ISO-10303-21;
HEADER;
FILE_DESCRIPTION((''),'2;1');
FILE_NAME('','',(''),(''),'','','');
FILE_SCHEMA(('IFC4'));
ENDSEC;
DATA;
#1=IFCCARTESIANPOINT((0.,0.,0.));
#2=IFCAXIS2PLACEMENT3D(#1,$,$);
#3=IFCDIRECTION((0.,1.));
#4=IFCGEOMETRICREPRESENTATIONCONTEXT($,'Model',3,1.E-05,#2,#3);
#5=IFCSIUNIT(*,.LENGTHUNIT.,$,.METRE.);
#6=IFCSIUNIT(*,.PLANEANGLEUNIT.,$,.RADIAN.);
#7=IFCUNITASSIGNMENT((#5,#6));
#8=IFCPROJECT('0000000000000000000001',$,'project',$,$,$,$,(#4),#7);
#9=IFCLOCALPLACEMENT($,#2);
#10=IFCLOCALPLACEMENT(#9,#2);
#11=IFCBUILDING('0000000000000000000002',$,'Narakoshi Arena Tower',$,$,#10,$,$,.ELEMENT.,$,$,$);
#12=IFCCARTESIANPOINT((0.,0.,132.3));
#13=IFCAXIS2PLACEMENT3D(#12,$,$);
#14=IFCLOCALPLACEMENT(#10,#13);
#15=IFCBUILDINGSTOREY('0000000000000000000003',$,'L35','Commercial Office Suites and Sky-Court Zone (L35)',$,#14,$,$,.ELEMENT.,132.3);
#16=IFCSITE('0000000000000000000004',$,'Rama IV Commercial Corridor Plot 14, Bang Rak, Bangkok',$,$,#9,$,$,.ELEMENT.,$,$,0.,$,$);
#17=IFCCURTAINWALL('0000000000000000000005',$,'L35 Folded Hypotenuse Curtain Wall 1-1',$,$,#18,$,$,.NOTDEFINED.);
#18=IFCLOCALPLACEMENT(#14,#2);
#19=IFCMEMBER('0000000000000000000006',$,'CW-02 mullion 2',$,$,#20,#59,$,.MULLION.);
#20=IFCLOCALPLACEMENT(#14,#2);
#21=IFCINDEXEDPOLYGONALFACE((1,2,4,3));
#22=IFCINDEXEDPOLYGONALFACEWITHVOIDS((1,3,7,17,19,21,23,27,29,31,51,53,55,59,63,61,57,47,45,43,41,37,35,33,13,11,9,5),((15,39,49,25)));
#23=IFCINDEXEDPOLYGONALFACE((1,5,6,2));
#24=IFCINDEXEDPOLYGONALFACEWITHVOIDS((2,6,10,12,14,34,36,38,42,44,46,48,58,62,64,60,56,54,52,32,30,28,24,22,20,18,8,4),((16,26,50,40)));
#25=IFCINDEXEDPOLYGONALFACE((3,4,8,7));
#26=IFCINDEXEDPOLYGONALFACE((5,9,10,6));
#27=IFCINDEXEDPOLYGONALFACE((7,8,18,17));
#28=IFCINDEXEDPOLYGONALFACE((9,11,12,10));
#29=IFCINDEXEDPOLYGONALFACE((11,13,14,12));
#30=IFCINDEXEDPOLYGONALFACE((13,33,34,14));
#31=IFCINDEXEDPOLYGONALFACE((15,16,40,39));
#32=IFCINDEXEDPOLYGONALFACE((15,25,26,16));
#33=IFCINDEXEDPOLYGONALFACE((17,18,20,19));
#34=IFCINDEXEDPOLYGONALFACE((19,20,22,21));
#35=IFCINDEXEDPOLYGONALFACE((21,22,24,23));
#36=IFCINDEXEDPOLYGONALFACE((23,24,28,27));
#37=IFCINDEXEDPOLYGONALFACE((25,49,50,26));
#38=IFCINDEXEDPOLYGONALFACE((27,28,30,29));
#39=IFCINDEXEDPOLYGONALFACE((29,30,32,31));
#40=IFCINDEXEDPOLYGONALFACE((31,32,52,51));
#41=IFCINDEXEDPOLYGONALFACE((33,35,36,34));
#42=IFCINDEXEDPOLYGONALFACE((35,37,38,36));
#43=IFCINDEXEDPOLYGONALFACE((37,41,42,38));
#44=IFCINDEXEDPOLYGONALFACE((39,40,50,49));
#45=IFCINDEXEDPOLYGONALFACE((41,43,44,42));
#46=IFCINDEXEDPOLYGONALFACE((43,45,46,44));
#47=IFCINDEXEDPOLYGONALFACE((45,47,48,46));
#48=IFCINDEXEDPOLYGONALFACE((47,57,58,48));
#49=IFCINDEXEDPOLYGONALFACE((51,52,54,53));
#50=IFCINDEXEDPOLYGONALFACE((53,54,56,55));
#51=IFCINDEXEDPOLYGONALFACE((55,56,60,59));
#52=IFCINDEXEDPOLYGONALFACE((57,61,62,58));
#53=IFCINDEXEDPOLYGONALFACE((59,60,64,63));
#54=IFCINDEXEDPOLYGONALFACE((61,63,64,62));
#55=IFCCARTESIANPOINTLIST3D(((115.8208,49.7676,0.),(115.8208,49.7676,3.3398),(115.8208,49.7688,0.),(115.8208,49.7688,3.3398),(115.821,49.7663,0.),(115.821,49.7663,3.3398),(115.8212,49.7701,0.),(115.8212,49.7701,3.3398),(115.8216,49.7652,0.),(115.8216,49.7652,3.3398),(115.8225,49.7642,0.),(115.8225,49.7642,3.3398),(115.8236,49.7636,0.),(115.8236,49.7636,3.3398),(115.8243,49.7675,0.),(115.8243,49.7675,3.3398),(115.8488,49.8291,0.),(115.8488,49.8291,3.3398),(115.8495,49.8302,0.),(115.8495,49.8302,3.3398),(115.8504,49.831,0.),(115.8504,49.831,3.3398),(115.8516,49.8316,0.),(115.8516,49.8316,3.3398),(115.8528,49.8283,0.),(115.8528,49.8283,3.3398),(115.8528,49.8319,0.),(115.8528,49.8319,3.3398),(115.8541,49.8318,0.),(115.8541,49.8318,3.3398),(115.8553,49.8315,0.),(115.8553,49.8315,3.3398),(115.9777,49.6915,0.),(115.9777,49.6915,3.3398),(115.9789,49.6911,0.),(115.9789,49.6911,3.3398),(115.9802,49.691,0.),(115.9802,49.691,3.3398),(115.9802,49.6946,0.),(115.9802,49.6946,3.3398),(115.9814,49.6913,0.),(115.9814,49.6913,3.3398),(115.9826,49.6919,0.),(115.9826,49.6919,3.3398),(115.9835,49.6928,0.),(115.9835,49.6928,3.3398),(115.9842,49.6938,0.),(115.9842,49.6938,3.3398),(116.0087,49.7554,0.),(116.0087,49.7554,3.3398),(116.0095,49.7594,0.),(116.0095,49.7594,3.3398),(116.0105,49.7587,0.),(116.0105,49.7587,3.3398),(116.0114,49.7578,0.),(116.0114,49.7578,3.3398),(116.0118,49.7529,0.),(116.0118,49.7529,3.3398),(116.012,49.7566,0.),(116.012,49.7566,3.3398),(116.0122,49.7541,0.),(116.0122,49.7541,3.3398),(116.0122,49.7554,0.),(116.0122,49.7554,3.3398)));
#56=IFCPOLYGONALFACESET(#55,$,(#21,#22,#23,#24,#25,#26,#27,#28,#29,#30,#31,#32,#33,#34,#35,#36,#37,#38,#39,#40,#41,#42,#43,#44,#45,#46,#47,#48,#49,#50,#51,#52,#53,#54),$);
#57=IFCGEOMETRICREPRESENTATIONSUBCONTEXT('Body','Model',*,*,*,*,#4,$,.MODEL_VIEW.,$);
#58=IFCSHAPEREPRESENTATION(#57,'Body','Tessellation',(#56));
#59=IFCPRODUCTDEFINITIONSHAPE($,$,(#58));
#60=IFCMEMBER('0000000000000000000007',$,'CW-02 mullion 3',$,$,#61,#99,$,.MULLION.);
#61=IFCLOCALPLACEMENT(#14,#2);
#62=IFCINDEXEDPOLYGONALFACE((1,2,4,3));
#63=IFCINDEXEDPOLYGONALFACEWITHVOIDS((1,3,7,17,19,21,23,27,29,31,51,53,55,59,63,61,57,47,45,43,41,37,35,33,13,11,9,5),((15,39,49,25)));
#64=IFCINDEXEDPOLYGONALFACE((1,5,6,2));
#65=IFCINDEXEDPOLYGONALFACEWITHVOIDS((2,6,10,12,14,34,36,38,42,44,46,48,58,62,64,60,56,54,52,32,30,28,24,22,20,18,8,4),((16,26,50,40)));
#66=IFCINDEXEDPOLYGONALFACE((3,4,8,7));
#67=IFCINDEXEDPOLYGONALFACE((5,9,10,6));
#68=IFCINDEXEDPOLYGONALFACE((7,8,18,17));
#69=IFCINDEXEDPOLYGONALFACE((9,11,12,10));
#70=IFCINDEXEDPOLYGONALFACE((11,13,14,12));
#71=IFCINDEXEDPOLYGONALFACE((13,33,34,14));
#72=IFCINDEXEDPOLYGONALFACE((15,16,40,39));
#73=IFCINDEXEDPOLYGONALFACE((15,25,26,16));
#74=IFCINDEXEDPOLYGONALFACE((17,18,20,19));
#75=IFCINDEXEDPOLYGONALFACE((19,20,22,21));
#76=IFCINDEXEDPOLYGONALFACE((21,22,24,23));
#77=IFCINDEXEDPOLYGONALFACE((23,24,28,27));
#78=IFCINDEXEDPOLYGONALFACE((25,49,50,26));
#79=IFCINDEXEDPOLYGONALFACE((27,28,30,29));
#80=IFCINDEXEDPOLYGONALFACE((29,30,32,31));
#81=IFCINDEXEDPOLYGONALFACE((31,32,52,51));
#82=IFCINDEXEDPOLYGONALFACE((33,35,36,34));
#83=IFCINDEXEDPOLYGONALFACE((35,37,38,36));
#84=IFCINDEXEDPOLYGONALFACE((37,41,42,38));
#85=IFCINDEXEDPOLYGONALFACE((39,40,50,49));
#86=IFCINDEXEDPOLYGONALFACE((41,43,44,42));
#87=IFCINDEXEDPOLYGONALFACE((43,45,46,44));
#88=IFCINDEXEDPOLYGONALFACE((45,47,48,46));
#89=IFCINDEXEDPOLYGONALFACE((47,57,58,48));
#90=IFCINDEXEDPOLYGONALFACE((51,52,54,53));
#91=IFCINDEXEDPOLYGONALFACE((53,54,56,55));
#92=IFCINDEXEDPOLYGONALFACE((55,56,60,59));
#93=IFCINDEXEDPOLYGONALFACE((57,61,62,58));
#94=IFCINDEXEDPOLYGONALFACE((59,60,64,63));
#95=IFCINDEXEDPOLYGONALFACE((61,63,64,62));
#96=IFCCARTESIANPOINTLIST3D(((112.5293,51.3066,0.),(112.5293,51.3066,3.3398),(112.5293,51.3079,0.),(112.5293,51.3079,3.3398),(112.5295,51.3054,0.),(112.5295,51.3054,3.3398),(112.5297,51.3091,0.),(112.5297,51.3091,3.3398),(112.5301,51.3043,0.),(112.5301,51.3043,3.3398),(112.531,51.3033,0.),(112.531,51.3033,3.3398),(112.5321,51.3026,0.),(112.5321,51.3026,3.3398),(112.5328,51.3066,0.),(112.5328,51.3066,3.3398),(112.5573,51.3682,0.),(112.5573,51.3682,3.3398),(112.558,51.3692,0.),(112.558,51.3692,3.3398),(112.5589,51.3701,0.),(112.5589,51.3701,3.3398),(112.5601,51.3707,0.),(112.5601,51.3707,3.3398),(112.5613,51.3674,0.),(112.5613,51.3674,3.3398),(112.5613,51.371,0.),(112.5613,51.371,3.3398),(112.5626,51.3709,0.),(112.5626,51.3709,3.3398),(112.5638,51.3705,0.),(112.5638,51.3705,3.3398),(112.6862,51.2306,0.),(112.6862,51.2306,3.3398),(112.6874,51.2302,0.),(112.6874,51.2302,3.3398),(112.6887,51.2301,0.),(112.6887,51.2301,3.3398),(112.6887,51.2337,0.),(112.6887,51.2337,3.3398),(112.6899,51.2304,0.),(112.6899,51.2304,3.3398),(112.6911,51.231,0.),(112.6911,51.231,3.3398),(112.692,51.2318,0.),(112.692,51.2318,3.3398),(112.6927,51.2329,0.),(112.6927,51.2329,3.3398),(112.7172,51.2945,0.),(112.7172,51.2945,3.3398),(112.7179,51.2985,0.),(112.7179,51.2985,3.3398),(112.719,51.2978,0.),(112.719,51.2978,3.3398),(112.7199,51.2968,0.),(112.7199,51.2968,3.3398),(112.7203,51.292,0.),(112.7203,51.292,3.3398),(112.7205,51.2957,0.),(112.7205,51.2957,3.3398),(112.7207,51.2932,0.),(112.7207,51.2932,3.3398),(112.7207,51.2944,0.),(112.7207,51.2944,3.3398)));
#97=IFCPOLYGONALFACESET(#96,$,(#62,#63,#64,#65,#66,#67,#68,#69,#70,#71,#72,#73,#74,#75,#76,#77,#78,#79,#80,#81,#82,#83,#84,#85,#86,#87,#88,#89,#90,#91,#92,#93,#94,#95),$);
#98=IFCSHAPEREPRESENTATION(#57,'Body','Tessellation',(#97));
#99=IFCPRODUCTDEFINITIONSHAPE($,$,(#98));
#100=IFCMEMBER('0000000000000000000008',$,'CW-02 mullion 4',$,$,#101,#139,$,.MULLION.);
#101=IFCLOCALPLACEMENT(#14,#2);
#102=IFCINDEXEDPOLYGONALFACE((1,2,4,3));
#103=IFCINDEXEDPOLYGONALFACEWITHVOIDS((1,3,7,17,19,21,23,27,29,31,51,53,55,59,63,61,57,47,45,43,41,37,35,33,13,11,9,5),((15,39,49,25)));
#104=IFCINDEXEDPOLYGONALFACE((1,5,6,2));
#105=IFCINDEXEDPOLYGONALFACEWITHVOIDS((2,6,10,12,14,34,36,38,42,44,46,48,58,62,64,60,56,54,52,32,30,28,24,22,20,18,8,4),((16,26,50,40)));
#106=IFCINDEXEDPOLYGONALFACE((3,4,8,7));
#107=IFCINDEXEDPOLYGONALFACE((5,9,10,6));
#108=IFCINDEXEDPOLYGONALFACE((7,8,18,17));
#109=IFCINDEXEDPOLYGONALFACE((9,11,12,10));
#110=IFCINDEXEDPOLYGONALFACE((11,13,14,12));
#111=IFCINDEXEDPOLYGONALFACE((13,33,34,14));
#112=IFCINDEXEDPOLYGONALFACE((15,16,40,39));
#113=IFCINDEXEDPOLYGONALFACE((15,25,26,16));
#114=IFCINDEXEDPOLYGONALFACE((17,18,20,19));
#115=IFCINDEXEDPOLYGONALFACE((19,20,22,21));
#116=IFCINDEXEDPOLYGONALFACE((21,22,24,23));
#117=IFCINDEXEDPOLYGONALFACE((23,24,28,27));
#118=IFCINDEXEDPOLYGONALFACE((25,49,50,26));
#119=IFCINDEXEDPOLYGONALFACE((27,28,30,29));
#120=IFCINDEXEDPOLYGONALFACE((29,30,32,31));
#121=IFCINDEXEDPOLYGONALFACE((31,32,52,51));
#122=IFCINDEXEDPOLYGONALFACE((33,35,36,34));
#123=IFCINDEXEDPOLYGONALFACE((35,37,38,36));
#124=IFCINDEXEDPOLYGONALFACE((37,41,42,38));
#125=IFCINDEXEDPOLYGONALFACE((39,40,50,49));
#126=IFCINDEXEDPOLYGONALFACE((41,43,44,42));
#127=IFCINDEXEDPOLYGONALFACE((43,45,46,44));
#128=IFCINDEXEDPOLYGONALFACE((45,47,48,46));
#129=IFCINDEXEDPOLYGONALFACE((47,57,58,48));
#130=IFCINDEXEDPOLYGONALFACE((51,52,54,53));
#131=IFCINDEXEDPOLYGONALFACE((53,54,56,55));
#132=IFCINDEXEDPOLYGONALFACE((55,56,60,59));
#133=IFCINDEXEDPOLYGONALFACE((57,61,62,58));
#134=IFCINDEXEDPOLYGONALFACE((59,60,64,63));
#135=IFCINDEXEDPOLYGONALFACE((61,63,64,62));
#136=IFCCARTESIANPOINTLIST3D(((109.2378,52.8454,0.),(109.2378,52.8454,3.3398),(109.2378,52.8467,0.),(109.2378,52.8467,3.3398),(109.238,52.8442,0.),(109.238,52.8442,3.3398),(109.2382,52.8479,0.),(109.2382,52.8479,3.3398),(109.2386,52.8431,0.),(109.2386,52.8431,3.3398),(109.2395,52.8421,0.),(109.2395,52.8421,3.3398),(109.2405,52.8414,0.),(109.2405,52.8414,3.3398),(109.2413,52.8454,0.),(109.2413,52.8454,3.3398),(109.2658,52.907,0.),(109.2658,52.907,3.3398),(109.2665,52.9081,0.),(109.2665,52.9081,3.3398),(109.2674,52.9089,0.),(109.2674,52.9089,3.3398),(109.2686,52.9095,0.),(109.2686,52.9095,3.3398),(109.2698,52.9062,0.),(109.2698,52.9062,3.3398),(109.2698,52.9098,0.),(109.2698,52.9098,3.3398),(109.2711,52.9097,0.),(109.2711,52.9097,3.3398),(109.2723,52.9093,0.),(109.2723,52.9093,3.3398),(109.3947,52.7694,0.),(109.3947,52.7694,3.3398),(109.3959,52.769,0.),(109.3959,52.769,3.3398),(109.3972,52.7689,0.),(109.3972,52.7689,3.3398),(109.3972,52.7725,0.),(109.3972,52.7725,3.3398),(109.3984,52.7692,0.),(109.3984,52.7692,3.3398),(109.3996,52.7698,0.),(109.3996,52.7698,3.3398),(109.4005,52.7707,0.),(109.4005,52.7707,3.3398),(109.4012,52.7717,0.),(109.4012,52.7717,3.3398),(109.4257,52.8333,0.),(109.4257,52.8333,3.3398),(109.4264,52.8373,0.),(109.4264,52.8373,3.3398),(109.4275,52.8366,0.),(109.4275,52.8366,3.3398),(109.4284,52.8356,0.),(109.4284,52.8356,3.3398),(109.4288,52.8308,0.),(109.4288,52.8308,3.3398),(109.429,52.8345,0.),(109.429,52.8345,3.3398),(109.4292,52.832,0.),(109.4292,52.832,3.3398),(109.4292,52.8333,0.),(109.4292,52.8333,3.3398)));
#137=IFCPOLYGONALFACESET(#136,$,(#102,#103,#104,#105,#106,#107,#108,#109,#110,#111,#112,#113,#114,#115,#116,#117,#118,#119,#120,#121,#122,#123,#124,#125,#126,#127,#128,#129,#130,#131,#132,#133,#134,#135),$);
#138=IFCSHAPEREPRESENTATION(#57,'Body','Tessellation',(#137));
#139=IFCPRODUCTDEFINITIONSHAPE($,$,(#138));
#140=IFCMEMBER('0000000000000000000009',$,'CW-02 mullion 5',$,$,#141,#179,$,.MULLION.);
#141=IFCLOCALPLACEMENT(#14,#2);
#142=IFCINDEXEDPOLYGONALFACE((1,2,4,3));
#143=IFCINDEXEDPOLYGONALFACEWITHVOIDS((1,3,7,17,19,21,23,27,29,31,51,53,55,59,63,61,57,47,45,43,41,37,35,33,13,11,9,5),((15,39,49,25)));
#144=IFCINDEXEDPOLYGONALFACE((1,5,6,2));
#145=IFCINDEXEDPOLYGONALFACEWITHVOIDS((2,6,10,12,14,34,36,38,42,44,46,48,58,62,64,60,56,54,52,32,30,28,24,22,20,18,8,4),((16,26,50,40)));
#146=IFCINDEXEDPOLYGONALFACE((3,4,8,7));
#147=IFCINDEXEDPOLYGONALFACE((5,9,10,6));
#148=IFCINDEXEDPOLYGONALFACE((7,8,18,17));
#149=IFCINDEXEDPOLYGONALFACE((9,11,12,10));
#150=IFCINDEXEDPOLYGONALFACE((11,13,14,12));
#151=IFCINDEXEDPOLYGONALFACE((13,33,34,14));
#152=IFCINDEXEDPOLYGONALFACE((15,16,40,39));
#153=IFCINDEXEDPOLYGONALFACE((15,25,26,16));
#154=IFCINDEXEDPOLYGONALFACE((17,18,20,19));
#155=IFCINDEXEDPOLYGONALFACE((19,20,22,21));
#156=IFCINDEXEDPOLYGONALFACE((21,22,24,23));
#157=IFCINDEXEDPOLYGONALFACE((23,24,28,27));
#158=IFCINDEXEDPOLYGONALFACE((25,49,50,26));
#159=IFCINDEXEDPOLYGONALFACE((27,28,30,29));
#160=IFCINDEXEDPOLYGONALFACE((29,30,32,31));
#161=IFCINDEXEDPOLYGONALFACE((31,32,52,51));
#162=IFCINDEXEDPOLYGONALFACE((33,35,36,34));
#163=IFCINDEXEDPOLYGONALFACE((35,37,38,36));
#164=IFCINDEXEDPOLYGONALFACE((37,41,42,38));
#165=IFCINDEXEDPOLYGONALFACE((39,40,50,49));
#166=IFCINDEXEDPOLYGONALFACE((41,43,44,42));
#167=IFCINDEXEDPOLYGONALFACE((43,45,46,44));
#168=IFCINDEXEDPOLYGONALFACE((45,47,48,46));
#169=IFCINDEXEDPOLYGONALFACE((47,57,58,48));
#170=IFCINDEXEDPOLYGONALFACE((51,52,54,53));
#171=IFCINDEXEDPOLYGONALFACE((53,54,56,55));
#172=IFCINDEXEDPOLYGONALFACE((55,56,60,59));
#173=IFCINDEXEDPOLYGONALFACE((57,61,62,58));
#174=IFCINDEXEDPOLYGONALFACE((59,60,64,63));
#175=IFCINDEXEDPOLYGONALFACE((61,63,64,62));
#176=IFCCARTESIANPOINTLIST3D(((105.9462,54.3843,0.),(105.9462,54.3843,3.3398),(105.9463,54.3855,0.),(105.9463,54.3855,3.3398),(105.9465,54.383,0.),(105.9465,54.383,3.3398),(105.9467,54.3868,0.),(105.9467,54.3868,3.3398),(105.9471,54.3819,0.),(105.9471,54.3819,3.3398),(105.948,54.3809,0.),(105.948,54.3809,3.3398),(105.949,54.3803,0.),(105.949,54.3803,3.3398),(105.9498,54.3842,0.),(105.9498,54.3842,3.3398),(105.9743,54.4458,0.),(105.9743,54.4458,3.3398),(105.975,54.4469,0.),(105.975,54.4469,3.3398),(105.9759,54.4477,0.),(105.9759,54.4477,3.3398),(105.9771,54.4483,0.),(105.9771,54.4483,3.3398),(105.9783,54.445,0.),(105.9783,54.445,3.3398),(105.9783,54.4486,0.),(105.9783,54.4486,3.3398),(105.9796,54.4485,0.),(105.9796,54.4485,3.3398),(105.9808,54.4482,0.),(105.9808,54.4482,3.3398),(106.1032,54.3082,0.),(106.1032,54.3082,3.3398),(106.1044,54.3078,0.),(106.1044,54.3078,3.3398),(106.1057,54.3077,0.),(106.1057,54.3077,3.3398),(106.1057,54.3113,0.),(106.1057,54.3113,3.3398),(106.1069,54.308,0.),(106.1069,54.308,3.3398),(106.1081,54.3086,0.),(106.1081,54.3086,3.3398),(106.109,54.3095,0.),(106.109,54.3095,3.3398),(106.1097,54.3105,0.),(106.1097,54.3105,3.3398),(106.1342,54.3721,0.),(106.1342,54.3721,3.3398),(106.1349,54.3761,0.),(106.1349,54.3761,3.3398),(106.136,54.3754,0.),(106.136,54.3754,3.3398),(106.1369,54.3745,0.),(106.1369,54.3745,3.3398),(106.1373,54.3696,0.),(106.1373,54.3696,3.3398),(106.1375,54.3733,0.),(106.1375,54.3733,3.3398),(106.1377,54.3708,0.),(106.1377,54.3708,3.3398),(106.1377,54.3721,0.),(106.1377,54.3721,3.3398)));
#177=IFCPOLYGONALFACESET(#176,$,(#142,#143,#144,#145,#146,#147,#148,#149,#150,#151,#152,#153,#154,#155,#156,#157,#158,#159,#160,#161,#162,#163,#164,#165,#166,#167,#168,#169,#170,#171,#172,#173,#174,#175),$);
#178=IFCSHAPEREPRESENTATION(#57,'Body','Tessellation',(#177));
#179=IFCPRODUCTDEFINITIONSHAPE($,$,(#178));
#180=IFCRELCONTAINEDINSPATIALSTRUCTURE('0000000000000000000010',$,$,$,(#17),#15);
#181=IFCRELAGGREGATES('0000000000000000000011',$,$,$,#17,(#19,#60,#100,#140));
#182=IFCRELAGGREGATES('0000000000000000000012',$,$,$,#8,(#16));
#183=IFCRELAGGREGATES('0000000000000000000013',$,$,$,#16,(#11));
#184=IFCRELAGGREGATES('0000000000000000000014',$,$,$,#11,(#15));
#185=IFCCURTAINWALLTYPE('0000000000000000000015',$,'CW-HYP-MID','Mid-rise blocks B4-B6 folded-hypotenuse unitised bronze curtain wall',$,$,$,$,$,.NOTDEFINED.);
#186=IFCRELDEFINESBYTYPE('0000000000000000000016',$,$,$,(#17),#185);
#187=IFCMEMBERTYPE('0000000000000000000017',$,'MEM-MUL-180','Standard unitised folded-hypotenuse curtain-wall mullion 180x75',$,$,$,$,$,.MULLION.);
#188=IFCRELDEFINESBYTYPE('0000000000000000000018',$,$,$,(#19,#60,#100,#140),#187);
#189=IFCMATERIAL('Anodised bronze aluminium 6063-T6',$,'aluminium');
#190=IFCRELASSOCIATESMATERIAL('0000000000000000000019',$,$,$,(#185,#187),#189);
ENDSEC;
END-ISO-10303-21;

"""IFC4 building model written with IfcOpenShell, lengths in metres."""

from ifc_helpers import new_model, si_unit, direction, frame, origin, origin_2d, place, context, subcontext, project, spatial, hollow_rectangle, extrude, material, material_profile, profile_set, type_object, element, aggregate, save


model = new_model("IFC4")

# Units and contexts
model_context = context("Model", 3, precision=1e-05, world=origin(), true_north=direction((0.0, 1.0)))
body_context = subcontext(model_context, "Body", "Model", "MODEL_VIEW")
ifc_project = project(units=[si_unit("LENGTHUNIT", "METRE"), si_unit("PLANEANGLEUNIT", "RADIAN")], contexts=[model_context])

# Site, building, storey
site_placement = place(None, origin())
site = spatial("IfcSite", under=ifc_project, at=site_placement, Name="Rama IV Commercial Corridor Plot 14, Bang Rak, Bangkok", CompositionType="ELEMENT", RefElevation=0.0)
building_placement = place(site_placement, origin())
building = spatial("IfcBuilding", under=site, at=building_placement, Name="Narakoshi Arena Tower", CompositionType="ELEMENT")
storey_placement = place(building_placement, frame((0.0, 0.0, 132.3)))
storey = spatial("IfcBuildingStorey", under=building, at=storey_placement, Name="L35", Description="Commercial Office Suites and Sky-Court Zone (L35)", CompositionType="ELEMENT", Elevation=132.3)

# Curtain wall, members
ifc_material_1 = material(Name="Anodised bronze aluminium 6063-T6", Category="aluminium")
curtain_wall_type = type_object("IfcCurtainWallType", Name="CW-HYP-MID", Description="Mid-rise blocks B4-B6 folded-hypotenuse unitised bronze curtain wall", PredefinedType="NOTDEFINED", material=ifc_material_1)
curtain_wall_placement = place(storey_placement, origin())
curtain_wall = element("IfcCurtainWall", 1, at=curtain_wall_placement, inside=storey, type_object=curtain_wall_type, Name="L35 Folded Hypotenuse Curtain Wall 1-1", PredefinedType="NOTDEFINED")
ifc_material_profile_1 = material_profile(ifc_material_1, hollow_rectangle(XDim=0.075, YDim=0.1799, WallThickness=0.0039, OuterFilletRadius=0.0049, at=origin_2d()), Name="MUL180x75x4")
ifc_profile_set_1 = profile_set([ifc_material_profile_1], Name="Anodised bronze aluminium 6063-T6")
member_type_1 = type_object("IfcMemberType", Name="MEM-MUL-180", Description="Standard unitised folded-hypotenuse curtain-wall mullion 180x75", PredefinedType="MULLION", material=ifc_profile_set_1)
member_1_placement = place(storey_placement, frame((115.9165, 49.7615, 0.0), z_axis=(0.0, 0.0, 1.0), x_axis=(-0.423532, -0.905881, 0.0)))
member_1 = element("IfcMember", 2, at=member_1_placement, type_object=member_type_1, Name="CW-02 mullion 2", PredefinedType="MULLION", context=body_context, shape_type="SweptSolid", body=[
    extrude(hollow_rectangle(XDim=0.075, YDim=0.1799, WallThickness=0.0039, OuterFilletRadius=0.0049, at=origin_2d()), origin(), (0.0, 0.0, 1.0), 3.3398),
])
member_2_placement = place(storey_placement, frame((112.625, 51.3005, 0.0), z_axis=(0.0, 0.0, 1.0), x_axis=(-0.423532, -0.905881, 0.0)))
member_2 = element("IfcMember", 3, at=member_2_placement, type_object=member_type_1, Name="CW-02 mullion 3", PredefinedType="MULLION", context=body_context, shape_type="SweptSolid", body=[
    extrude(hollow_rectangle(XDim=0.075, YDim=0.1799, WallThickness=0.0039, OuterFilletRadius=0.0049, at=origin_2d()), origin(), (0.0, 0.0, 1.0), 3.3398),
])
member_3_placement = place(storey_placement, frame((109.3335, 52.8394, 0.0), z_axis=(0.0, 0.0, 1.0), x_axis=(-0.423532, -0.905881, 0.0)))
member_3 = element("IfcMember", 4, at=member_3_placement, type_object=member_type_1, Name="CW-02 mullion 4", PredefinedType="MULLION", context=body_context, shape_type="SweptSolid", body=[
    extrude(hollow_rectangle(XDim=0.075, YDim=0.1799, WallThickness=0.0039, OuterFilletRadius=0.0049, at=origin_2d()), origin(), (0.0, 0.0, 1.0), 3.3398),
])
member_4_placement = place(storey_placement, frame((106.042, 54.3782, 0.0), z_axis=(0.0, 0.0, 1.0), x_axis=(-0.423532, -0.905881, 0.0)))
member_4 = element("IfcMember", 5, at=member_4_placement, type_object=member_type_1, Name="CW-02 mullion 5", PredefinedType="MULLION", context=body_context, shape_type="SweptSolid", body=[
    extrude(hollow_rectangle(XDim=0.075, YDim=0.1799, WallThickness=0.0039, OuterFilletRadius=0.0049, at=origin_2d()), origin(), (0.0, 0.0, 1.0), 3.3398),
])
aggregate(curtain_wall, [member_1, member_2, member_3, member_4])

save(model, "model.ifc")
